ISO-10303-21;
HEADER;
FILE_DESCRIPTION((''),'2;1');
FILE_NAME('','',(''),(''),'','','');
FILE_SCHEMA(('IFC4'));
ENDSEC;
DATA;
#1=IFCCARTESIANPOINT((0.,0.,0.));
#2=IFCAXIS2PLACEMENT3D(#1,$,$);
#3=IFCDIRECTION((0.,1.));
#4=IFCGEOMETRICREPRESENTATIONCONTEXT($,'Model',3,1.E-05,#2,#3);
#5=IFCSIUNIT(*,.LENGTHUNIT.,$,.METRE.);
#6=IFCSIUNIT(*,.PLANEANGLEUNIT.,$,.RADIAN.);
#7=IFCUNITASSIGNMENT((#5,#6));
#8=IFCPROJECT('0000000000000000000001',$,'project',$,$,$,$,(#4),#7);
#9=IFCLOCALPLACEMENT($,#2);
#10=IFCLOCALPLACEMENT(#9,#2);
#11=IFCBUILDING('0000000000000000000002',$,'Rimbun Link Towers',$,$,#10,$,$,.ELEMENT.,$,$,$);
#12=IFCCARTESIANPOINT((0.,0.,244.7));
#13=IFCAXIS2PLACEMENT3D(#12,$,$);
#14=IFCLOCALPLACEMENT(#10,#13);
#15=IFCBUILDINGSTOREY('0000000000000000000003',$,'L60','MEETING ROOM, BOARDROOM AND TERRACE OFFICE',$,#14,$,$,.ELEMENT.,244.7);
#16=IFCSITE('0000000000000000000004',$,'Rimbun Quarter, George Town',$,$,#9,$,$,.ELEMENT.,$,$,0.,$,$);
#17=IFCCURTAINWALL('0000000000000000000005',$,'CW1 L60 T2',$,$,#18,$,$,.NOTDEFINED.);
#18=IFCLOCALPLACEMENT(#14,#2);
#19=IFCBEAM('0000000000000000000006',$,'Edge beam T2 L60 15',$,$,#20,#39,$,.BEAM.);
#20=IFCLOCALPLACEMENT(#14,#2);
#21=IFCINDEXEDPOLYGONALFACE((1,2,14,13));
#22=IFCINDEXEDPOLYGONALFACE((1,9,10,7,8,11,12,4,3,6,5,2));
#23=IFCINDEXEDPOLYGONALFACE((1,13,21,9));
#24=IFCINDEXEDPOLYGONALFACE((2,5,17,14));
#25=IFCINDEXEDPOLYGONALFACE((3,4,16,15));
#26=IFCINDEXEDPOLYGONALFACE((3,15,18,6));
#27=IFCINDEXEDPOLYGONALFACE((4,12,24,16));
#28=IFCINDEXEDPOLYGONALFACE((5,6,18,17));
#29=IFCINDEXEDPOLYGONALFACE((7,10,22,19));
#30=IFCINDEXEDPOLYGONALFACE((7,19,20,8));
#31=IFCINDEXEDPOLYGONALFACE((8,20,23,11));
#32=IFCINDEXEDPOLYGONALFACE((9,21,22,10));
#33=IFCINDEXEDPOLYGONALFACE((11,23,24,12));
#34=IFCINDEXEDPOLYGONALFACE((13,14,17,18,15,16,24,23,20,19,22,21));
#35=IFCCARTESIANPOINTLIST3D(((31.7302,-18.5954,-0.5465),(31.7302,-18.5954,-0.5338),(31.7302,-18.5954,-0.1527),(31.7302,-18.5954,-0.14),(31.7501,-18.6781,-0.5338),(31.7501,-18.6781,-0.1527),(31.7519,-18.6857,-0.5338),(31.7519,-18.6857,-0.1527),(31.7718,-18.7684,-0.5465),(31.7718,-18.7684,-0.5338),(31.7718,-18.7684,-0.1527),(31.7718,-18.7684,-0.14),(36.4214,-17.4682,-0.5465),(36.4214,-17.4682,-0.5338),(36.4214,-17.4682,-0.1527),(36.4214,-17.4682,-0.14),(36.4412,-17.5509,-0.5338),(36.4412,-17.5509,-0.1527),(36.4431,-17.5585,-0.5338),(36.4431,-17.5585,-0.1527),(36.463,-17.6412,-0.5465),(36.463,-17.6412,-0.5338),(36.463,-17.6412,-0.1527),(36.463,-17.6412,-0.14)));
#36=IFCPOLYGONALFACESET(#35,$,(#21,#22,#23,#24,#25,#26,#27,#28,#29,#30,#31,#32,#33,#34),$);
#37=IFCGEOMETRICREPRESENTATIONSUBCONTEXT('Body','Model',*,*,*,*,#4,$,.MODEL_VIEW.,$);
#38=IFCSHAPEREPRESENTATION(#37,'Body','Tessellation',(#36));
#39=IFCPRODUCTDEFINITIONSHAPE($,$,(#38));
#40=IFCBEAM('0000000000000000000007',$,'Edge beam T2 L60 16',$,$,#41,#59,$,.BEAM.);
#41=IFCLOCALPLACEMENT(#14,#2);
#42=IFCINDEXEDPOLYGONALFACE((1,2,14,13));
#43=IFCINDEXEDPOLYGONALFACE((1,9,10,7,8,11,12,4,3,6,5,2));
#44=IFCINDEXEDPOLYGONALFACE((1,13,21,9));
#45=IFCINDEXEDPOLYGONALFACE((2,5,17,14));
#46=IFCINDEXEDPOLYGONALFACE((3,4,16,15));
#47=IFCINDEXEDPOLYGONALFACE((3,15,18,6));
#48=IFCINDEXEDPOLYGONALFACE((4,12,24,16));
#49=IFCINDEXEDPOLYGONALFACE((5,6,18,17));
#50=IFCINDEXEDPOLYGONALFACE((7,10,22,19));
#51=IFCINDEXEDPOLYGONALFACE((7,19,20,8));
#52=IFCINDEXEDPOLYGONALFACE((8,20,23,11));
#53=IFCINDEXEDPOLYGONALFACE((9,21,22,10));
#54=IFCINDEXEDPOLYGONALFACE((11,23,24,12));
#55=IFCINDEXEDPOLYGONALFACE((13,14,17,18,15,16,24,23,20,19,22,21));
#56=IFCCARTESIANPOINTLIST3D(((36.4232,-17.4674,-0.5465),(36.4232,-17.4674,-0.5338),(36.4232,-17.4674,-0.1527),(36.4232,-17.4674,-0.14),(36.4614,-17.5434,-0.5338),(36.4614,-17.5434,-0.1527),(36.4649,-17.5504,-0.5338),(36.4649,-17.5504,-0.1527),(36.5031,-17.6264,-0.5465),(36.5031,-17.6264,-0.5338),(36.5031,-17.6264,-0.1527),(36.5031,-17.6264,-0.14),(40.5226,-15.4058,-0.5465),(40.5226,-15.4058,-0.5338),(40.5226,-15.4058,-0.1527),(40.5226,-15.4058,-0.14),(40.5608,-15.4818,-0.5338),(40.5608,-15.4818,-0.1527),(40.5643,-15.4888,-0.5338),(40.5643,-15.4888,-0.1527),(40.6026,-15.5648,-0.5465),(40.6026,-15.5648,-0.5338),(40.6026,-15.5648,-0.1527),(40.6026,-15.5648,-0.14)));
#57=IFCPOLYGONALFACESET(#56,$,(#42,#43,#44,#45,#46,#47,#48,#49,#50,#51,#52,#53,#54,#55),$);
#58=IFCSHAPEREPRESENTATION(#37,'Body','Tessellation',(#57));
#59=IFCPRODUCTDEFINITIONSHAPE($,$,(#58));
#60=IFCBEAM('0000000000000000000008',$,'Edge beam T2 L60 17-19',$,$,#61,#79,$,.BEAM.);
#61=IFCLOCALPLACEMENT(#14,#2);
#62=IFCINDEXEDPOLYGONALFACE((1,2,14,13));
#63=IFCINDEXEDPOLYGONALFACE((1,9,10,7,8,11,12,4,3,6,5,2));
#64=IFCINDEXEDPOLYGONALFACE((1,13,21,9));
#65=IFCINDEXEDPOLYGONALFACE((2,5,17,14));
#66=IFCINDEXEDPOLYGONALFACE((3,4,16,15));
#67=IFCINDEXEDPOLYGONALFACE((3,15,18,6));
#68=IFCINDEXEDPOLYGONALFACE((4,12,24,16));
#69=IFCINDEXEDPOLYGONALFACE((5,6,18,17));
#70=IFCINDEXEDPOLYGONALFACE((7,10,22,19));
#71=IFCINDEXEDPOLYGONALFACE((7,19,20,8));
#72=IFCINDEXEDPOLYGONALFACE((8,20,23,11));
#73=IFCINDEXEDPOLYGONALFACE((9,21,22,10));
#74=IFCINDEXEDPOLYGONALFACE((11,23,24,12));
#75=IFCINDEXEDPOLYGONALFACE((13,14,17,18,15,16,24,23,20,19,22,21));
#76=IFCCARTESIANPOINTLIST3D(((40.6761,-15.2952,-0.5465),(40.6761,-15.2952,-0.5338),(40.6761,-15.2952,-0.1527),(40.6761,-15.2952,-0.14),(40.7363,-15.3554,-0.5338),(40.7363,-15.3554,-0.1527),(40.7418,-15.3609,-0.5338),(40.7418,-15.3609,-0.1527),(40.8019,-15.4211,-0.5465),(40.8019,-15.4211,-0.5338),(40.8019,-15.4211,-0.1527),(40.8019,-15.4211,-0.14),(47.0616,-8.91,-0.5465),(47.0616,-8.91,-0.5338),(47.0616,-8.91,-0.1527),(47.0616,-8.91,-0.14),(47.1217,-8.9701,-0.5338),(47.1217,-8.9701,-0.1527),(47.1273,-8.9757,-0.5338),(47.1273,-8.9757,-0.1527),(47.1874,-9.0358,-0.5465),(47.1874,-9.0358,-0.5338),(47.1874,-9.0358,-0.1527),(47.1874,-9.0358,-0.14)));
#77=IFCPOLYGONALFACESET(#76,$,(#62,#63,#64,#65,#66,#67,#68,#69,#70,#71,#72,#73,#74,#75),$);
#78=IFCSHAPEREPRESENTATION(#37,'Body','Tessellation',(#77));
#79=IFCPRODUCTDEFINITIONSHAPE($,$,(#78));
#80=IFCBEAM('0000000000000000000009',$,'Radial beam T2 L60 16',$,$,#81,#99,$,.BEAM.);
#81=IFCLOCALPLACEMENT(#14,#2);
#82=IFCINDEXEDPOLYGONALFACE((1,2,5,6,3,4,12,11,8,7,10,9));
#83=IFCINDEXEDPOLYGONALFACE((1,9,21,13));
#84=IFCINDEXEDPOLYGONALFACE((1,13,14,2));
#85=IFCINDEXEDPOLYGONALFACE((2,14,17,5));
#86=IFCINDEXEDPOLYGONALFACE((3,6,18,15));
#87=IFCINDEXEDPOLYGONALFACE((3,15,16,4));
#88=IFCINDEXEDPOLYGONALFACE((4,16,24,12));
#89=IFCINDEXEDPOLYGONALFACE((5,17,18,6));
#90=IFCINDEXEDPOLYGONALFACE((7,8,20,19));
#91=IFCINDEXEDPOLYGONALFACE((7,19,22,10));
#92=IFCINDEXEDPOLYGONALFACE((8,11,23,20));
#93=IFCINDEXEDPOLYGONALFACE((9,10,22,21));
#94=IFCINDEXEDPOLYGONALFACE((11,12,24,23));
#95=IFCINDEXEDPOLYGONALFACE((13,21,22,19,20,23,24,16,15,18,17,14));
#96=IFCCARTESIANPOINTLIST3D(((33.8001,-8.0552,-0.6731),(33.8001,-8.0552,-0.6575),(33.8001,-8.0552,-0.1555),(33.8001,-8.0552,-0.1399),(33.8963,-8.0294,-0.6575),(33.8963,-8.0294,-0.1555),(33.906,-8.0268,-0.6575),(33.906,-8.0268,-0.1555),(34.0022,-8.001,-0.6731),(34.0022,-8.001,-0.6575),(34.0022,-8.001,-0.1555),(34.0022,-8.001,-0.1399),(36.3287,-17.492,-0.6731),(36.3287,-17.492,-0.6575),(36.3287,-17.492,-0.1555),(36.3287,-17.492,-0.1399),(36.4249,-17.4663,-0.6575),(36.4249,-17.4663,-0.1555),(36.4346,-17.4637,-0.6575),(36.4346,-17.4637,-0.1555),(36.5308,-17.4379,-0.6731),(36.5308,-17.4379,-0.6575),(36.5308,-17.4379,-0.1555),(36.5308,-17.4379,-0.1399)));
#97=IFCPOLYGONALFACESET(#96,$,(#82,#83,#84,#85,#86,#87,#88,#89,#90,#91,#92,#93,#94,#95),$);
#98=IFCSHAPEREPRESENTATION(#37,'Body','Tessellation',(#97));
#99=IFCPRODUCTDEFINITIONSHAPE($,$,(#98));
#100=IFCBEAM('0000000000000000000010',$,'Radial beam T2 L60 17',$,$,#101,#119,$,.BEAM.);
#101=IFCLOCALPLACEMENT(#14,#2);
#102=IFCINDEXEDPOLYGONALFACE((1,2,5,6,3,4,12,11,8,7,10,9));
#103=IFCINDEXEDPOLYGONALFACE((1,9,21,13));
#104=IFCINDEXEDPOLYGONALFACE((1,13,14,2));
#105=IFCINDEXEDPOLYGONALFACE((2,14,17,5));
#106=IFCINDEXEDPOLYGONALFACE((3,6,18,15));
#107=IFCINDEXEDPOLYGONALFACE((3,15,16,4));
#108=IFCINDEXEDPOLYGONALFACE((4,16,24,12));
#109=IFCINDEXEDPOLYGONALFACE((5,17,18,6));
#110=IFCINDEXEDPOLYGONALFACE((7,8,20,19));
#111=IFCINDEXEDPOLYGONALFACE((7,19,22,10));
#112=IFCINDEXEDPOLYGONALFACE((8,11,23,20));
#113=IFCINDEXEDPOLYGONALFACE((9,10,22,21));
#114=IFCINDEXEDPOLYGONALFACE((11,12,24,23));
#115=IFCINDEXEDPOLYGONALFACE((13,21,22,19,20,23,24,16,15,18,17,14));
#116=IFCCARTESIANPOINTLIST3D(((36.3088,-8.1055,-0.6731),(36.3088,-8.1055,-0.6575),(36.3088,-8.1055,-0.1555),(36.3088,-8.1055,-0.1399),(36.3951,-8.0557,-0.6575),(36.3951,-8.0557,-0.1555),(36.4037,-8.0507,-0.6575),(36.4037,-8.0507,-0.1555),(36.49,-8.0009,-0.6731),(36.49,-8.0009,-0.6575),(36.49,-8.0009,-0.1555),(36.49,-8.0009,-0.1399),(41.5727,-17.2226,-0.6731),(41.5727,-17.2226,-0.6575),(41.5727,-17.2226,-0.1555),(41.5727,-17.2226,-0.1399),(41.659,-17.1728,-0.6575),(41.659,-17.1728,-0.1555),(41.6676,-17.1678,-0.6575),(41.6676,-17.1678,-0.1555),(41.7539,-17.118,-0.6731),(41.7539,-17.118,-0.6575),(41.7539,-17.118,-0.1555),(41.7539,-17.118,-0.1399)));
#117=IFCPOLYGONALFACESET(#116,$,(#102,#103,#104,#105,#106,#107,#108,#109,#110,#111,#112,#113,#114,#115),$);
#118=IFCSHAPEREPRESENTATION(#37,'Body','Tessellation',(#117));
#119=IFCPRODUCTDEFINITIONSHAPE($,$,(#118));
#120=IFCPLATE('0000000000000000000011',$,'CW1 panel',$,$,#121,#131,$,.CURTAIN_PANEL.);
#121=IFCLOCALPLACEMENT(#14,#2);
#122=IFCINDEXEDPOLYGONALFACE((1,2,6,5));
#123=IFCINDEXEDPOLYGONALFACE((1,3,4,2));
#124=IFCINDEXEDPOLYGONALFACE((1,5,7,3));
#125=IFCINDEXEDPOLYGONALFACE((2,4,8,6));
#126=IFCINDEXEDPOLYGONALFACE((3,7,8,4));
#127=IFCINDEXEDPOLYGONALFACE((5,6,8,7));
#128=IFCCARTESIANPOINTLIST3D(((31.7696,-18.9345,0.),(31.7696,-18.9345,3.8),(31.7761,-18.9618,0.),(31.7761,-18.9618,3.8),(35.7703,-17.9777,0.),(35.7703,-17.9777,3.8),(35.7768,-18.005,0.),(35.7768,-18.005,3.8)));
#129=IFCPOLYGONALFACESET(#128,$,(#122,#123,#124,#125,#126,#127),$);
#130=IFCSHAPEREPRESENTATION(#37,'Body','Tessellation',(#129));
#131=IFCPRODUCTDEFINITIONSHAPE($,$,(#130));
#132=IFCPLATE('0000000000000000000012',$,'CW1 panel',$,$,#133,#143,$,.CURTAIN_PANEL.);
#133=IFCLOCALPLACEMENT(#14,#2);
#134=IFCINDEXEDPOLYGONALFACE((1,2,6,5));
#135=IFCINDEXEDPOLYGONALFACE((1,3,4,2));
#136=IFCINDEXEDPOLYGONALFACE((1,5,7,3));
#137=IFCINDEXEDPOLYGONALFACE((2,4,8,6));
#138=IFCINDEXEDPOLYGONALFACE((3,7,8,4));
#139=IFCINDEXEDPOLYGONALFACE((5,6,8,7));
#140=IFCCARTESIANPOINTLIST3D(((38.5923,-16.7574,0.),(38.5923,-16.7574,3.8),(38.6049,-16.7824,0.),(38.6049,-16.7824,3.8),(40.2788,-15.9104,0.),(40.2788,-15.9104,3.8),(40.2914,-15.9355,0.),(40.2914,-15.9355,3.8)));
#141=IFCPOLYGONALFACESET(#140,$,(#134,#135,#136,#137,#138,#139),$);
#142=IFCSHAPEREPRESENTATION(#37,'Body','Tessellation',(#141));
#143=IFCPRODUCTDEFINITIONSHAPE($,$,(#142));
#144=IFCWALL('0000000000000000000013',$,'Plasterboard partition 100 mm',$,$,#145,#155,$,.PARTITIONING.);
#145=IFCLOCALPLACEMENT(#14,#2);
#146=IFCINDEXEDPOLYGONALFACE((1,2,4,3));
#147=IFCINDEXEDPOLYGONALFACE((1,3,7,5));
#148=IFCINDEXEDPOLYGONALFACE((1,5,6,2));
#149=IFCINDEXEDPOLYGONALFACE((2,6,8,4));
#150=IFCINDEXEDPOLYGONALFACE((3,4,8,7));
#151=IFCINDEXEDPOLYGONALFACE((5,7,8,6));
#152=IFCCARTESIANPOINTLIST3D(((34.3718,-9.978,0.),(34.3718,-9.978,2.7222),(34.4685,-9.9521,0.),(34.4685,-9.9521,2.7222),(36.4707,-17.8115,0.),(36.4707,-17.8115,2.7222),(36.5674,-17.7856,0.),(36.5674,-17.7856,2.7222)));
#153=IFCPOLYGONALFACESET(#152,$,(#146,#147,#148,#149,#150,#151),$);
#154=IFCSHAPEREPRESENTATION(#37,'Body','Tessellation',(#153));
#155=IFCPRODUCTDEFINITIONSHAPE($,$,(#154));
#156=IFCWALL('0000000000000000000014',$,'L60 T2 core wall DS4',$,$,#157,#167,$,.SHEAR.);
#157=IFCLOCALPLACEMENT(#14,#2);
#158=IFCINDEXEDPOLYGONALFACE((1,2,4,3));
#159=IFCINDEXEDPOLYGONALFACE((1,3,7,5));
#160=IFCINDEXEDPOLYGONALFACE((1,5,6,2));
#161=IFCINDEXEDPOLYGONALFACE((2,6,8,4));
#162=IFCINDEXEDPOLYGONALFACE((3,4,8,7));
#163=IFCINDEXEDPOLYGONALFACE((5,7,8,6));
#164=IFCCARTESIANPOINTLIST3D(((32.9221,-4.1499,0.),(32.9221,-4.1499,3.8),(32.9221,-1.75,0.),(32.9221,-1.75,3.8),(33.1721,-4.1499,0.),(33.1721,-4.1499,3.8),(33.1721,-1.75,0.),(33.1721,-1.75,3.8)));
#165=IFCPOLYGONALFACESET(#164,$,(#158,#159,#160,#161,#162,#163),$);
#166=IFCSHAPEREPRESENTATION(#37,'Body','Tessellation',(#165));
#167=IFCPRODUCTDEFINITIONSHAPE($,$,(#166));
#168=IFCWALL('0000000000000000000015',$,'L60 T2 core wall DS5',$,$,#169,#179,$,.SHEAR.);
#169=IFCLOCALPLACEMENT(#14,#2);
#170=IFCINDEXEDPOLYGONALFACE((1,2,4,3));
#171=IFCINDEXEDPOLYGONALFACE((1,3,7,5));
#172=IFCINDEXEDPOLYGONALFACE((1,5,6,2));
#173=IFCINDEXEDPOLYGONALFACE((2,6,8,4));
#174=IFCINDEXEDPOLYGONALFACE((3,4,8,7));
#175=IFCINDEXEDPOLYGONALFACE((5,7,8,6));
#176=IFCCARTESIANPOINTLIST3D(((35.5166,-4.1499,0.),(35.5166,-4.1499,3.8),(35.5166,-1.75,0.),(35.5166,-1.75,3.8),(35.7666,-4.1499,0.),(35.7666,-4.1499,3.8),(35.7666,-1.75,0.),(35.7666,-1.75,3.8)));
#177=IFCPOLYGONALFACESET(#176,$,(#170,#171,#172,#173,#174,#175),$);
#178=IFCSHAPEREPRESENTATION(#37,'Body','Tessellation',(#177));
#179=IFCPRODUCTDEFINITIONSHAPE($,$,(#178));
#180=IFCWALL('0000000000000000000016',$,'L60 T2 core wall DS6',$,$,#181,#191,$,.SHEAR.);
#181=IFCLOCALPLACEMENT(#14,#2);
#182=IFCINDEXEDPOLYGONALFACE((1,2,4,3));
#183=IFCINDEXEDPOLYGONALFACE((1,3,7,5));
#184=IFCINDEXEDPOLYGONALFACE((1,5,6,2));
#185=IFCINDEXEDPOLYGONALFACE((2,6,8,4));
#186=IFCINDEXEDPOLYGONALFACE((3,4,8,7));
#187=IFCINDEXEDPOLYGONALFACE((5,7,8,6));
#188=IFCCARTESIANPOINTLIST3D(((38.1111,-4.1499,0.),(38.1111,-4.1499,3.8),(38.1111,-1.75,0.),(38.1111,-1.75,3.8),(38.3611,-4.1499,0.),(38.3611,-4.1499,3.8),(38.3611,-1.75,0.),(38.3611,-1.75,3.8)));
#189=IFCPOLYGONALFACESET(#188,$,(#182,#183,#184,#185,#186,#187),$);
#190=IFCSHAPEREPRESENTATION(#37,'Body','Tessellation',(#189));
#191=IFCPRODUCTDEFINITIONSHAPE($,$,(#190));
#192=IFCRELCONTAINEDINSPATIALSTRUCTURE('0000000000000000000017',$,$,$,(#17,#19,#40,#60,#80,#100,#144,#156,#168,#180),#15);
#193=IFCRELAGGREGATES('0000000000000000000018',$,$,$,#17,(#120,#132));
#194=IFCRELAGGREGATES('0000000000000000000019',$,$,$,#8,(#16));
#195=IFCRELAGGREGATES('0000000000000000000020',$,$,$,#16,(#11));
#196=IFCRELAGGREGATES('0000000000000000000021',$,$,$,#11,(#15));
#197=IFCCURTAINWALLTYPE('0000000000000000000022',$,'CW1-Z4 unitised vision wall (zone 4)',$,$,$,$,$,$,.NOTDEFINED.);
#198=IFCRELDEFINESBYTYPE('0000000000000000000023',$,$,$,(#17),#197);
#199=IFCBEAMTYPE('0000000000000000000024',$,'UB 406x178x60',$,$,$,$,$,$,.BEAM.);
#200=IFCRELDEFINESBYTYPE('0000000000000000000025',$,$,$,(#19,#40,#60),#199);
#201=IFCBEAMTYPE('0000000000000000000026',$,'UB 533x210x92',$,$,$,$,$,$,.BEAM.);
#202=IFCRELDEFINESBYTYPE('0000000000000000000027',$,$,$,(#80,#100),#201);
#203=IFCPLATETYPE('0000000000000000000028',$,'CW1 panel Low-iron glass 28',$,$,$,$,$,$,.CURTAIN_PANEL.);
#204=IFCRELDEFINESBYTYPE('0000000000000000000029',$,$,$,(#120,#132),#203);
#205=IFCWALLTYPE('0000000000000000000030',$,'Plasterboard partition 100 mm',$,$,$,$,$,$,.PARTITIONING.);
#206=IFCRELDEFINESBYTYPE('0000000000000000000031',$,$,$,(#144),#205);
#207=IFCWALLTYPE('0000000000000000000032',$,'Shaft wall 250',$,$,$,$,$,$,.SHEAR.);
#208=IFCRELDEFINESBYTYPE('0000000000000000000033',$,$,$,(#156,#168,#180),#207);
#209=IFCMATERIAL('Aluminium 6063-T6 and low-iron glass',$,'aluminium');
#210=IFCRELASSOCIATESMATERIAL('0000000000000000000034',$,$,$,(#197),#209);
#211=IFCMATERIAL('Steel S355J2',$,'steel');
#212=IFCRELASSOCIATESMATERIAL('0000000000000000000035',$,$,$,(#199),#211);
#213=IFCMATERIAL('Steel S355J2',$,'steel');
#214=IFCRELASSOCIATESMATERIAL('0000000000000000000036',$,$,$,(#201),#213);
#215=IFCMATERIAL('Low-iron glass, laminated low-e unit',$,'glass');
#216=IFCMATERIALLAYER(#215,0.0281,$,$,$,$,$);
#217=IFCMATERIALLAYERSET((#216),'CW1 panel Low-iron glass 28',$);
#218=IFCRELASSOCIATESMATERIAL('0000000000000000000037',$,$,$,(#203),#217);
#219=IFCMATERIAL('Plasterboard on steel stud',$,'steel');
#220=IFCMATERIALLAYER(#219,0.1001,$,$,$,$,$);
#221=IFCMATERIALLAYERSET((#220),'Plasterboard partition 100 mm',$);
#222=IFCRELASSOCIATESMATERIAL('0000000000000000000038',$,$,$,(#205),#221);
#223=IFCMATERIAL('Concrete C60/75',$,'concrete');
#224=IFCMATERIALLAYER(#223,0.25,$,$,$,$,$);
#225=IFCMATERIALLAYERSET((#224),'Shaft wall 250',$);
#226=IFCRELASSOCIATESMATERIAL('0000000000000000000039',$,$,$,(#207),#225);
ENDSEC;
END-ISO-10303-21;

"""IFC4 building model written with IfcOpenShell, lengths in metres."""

from ifc_helpers import new_model, si_unit, direction, frame, frame_2d, origin, origin_2d, place, context, subcontext, project, spatial, rectangle, i_section, extrude, material, layer, layer_set, material_profile, profile_set, type_object, element, aggregate, save


model = new_model("IFC4")

# Units and contexts
model_context = context("Model", 3, precision=1e-05, world=origin(), true_north=direction((0.0, 1.0)))
body_context = subcontext(model_context, "Body", "Model", "MODEL_VIEW")
ifc_project = project(units=[si_unit("LENGTHUNIT", "METRE"), si_unit("PLANEANGLEUNIT", "RADIAN")], contexts=[model_context])

# Site, building, storey
site_placement = place(None, origin())
site = spatial("IfcSite", under=ifc_project, at=site_placement, Name="Rimbun Quarter, George Town", CompositionType="ELEMENT", RefElevation=0.0)
building_placement = place(site_placement, origin())
building = spatial("IfcBuilding", under=site, at=building_placement, Name="Rimbun Link Towers", CompositionType="ELEMENT")
storey_placement = place(building_placement, frame((0.0, 0.0, 244.7)))
storey = spatial("IfcBuildingStorey", under=building, at=storey_placement, Name="L60", Description="MEETING ROOM, BOARDROOM AND TERRACE OFFICE", CompositionType="ELEMENT", Elevation=244.7)

# Curtain wall
ifc_material_1 = material(Name="Aluminium 6063-T6 and low-iron glass", Category="aluminium")
curtain_wall_type = type_object("IfcCurtainWallType", Name="CW1-Z4 unitised vision wall (zone 4)", PredefinedType="NOTDEFINED", material=ifc_material_1)
curtain_wall_placement = place(storey_placement, origin())
curtain_wall = element("IfcCurtainWall", 1, at=curtain_wall_placement, inside=storey, type_object=curtain_wall_type, Name="CW1 L60 T2", PredefinedType="NOTDEFINED")

# Beams
ifc_material_2 = material(Name="Steel S355J2", Category="steel")
ifc_material_profile_1 = material_profile(ifc_material_2, i_section(OverallWidth=0.178, OverallDepth=0.4065, WebThickness=0.0078, FlangeThickness=0.0127, at=origin_2d()), Name="UB 406x178x60")
ifc_profile_set_1 = profile_set([ifc_material_profile_1], Name="Steel S355J2")
beam_type_1 = type_object("IfcBeamType", Name="UB 406x178x60", PredefinedType="BEAM", material=ifc_profile_set_1)
beam_1_placement = place(storey_placement, frame((31.751, -18.6819, -0.3433), z_axis=(0.972325, 0.233631, 0.0), x_axis=(-0.233631, 0.972325, 0.0)))
element("IfcBeam", 2, at=beam_1_placement, inside=storey, type_object=beam_type_1, Name="Edge beam T2 L60 15", PredefinedType="BEAM", context=body_context, shape_type="SweptSolid", body=[
    extrude(i_section(OverallWidth=0.178, OverallDepth=0.4065, WebThickness=0.0078, FlangeThickness=0.0127, at=origin_2d()), origin(), (0.0, 0.0, 1.0), 4.8247),
])
beam_2_placement = place(storey_placement, frame((36.4631, -17.5469, -0.3433), z_axis=(0.893393, 0.449277, 0.0), x_axis=(-0.449277, 0.893393, 0.0)))
element("IfcBeam", 3, at=beam_2_placement, inside=storey, type_object=beam_type_1, Name="Edge beam T2 L60 16", PredefinedType="BEAM", context=body_context, shape_type="SweptSolid", body=[
    extrude(i_section(OverallWidth=0.178, OverallDepth=0.4065, WebThickness=0.0078, FlangeThickness=0.0127, at=origin_2d()), origin(), (0.0, 0.0, 1.0), 4.5886),
])
beam_3_placement = place(storey_placement, frame((40.739, -15.3582, -0.3433), z_axis=(0.70712, 0.707093, 0.0), x_axis=(-0.707093, 0.70712, 0.0)))
element("IfcBeam", 4, at=beam_3_placement, inside=storey, type_object=beam_type_1, Name="Edge beam T2 L60 17-19", PredefinedType="BEAM", context=body_context, shape_type="SweptSolid", body=[
    extrude(i_section(OverallWidth=0.178, OverallDepth=0.4065, WebThickness=0.0078, FlangeThickness=0.0127, at=origin_2d()), origin(), (0.0, 0.0, 1.0), 9.0303),
])
ifc_material_3 = material(Name="Steel S355J2", Category="steel")
ifc_material_profile_2 = material_profile(ifc_material_3, i_section(OverallWidth=0.2092, OverallDepth=0.5332, WebThickness=0.01, FlangeThickness=0.0156, at=origin_2d()), Name="UB 533x210x92")
ifc_profile_set_2 = profile_set([ifc_material_profile_2], Name="Steel S355J2")
beam_type_2 = type_object("IfcBeamType", Name="UB 533x210x92", PredefinedType="BEAM", material=ifc_profile_set_2)
beam_4_placement = place(storey_placement, frame((33.9011, -8.0281, -0.4065), z_axis=(0.258818, -0.965926, 0.0), x_axis=(0.965926, 0.258818, 0.0)))
element("IfcBeam", 5, at=beam_4_placement, inside=storey, type_object=beam_type_2, Name="Radial beam T2 L60 16", PredefinedType="BEAM", context=body_context, shape_type="SweptSolid", body=[
    extrude(i_section(OverallWidth=0.2092, OverallDepth=0.5332, WebThickness=0.01, FlangeThickness=0.0156, at=origin_2d()), origin(), (0.0, 0.0, 1.0), 9.7698),
])
beam_5_placement = place(storey_placement, frame((36.3994, -8.0532, -0.4065), z_axis=(0.500008, -0.866021, 0.0), x_axis=(0.866021, 0.500008, 0.0)))
element("IfcBeam", 6, at=beam_5_placement, inside=storey, type_object=beam_type_2, Name="Radial beam T2 L60 17", PredefinedType="BEAM", context=body_context, shape_type="SweptSolid", body=[
    extrude(i_section(OverallWidth=0.2092, OverallDepth=0.5332, WebThickness=0.01, FlangeThickness=0.0156, at=origin_2d()), origin(), (0.0, 0.0, 1.0), 10.5276),
])

# Plates
ifc_material_4 = material(Name="Low-iron glass, laminated low-e unit", Category="glass")
ifc_layer_1 = layer(ifc_material_4, 0.0281)
ifc_layer_set_1 = layer_set([ifc_layer_1], Name="CW1 panel Low-iron glass 28")
plate_type = type_object("IfcPlateType", Name="CW1 panel Low-iron glass 28", PredefinedType="CURTAIN_PANEL", material=ifc_layer_set_1)
plate_1_placement = place(storey_placement, frame((33.7732, -18.4697, 0.0), z_axis=(0.0, 0.0, 1.0), x_axis=(-0.972571, -0.232605, 0.0)))
plate_1 = element("IfcPlate", 7, at=plate_1_placement, type_object=plate_type, Name="CW1 panel", PredefinedType="CURTAIN_PANEL", context=body_context, shape_type="SweptSolid", body=[
    extrude(rectangle(XDim=4.1135, YDim=0.0281, at=origin_2d()), origin(), (0.0, 0.0, 1.0), 3.8),
])
plate_2_placement = place(storey_placement, frame((39.4419, -16.3464, 0.0), z_axis=(0.0, 0.0, 1.0), x_axis=(-0.893647, -0.44877, 0.0)))
plate_2 = element("IfcPlate", 8, at=plate_2_placement, type_object=plate_type, Name="CW1 panel", PredefinedType="CURTAIN_PANEL", context=body_context, shape_type="SweptSolid", body=[
    extrude(rectangle(XDim=1.8872, YDim=0.0281, at=origin_2d()), origin(), (0.0, 0.0, 1.0), 3.8),
])
aggregate(curtain_wall, [plate_1, plate_2])

# Walls
ifc_material_5 = material(Name="Plasterboard on steel stud", Category="steel")
ifc_layer_2 = layer(ifc_material_5, 0.1001)
ifc_layer_set_2 = layer_set([ifc_layer_2], Name="Plasterboard partition 100 mm")
wall_type_1 = type_object("IfcWallType", Name="Plasterboard partition 100 mm", PredefinedType="PARTITIONING", material=ifc_layer_set_2)
wall_1_placement = place(storey_placement, frame((36.519, -17.7986, 0.0), z_axis=(0.0, 0.0, 1.0), x_axis=(-0.258807, 0.965929, 0.0)))
element("IfcWall", 9, at=wall_1_placement, inside=storey, type_object=wall_type_1, Name="Plasterboard partition 100 mm", PredefinedType="PARTITIONING", context=body_context, shape_type="SweptSolid", body=[
    extrude(rectangle(XDim=8.1099, YDim=0.1001, at=frame_2d((4.0549, 0.0))), origin(), (0.0, 0.0, 1.0), 2.7222),
])
ifc_material_6 = material(Name="Concrete C60/75", Category="concrete")
ifc_layer_3 = layer(ifc_material_6, 0.25)
ifc_layer_set_3 = layer_set([ifc_layer_3], Name="Shaft wall 250")
wall_type_2 = type_object("IfcWallType", Name="Shaft wall 250", PredefinedType="SHEAR", material=ifc_layer_set_3)
for number, where, z_axis, x_axis, name in (
    (10, (33.0471, -4.1499, 0.0), (0.0, 0.0, 1.0), (0.0, 1.0, 0.0), "L60 T2 core wall DS4"),
    (11, (35.6416, -4.1499, 0.0), (0.0, 0.0, 1.0), (0.0, 1.0, 0.0), "L60 T2 core wall DS5"),
    (12, (38.2361, -4.1499, 0.0), (0.0, 0.0, 1.0), (0.0, 1.0, 0.0), "L60 T2 core wall DS6"),
):
    element("IfcWall", number, at=place(storey_placement, frame(where, z_axis=z_axis, x_axis=x_axis)), inside=storey, type_object=wall_type_2, Name=name, PredefinedType="SHEAR", context=body_context, shape_type="SweptSolid", body=[
        extrude(rectangle(XDim=2.3999, YDim=0.25, at=frame_2d((1.2, 0.0))), origin(), (0.0, 0.0, 1.0), 3.8),
    ])

save(model, "model.ifc")
